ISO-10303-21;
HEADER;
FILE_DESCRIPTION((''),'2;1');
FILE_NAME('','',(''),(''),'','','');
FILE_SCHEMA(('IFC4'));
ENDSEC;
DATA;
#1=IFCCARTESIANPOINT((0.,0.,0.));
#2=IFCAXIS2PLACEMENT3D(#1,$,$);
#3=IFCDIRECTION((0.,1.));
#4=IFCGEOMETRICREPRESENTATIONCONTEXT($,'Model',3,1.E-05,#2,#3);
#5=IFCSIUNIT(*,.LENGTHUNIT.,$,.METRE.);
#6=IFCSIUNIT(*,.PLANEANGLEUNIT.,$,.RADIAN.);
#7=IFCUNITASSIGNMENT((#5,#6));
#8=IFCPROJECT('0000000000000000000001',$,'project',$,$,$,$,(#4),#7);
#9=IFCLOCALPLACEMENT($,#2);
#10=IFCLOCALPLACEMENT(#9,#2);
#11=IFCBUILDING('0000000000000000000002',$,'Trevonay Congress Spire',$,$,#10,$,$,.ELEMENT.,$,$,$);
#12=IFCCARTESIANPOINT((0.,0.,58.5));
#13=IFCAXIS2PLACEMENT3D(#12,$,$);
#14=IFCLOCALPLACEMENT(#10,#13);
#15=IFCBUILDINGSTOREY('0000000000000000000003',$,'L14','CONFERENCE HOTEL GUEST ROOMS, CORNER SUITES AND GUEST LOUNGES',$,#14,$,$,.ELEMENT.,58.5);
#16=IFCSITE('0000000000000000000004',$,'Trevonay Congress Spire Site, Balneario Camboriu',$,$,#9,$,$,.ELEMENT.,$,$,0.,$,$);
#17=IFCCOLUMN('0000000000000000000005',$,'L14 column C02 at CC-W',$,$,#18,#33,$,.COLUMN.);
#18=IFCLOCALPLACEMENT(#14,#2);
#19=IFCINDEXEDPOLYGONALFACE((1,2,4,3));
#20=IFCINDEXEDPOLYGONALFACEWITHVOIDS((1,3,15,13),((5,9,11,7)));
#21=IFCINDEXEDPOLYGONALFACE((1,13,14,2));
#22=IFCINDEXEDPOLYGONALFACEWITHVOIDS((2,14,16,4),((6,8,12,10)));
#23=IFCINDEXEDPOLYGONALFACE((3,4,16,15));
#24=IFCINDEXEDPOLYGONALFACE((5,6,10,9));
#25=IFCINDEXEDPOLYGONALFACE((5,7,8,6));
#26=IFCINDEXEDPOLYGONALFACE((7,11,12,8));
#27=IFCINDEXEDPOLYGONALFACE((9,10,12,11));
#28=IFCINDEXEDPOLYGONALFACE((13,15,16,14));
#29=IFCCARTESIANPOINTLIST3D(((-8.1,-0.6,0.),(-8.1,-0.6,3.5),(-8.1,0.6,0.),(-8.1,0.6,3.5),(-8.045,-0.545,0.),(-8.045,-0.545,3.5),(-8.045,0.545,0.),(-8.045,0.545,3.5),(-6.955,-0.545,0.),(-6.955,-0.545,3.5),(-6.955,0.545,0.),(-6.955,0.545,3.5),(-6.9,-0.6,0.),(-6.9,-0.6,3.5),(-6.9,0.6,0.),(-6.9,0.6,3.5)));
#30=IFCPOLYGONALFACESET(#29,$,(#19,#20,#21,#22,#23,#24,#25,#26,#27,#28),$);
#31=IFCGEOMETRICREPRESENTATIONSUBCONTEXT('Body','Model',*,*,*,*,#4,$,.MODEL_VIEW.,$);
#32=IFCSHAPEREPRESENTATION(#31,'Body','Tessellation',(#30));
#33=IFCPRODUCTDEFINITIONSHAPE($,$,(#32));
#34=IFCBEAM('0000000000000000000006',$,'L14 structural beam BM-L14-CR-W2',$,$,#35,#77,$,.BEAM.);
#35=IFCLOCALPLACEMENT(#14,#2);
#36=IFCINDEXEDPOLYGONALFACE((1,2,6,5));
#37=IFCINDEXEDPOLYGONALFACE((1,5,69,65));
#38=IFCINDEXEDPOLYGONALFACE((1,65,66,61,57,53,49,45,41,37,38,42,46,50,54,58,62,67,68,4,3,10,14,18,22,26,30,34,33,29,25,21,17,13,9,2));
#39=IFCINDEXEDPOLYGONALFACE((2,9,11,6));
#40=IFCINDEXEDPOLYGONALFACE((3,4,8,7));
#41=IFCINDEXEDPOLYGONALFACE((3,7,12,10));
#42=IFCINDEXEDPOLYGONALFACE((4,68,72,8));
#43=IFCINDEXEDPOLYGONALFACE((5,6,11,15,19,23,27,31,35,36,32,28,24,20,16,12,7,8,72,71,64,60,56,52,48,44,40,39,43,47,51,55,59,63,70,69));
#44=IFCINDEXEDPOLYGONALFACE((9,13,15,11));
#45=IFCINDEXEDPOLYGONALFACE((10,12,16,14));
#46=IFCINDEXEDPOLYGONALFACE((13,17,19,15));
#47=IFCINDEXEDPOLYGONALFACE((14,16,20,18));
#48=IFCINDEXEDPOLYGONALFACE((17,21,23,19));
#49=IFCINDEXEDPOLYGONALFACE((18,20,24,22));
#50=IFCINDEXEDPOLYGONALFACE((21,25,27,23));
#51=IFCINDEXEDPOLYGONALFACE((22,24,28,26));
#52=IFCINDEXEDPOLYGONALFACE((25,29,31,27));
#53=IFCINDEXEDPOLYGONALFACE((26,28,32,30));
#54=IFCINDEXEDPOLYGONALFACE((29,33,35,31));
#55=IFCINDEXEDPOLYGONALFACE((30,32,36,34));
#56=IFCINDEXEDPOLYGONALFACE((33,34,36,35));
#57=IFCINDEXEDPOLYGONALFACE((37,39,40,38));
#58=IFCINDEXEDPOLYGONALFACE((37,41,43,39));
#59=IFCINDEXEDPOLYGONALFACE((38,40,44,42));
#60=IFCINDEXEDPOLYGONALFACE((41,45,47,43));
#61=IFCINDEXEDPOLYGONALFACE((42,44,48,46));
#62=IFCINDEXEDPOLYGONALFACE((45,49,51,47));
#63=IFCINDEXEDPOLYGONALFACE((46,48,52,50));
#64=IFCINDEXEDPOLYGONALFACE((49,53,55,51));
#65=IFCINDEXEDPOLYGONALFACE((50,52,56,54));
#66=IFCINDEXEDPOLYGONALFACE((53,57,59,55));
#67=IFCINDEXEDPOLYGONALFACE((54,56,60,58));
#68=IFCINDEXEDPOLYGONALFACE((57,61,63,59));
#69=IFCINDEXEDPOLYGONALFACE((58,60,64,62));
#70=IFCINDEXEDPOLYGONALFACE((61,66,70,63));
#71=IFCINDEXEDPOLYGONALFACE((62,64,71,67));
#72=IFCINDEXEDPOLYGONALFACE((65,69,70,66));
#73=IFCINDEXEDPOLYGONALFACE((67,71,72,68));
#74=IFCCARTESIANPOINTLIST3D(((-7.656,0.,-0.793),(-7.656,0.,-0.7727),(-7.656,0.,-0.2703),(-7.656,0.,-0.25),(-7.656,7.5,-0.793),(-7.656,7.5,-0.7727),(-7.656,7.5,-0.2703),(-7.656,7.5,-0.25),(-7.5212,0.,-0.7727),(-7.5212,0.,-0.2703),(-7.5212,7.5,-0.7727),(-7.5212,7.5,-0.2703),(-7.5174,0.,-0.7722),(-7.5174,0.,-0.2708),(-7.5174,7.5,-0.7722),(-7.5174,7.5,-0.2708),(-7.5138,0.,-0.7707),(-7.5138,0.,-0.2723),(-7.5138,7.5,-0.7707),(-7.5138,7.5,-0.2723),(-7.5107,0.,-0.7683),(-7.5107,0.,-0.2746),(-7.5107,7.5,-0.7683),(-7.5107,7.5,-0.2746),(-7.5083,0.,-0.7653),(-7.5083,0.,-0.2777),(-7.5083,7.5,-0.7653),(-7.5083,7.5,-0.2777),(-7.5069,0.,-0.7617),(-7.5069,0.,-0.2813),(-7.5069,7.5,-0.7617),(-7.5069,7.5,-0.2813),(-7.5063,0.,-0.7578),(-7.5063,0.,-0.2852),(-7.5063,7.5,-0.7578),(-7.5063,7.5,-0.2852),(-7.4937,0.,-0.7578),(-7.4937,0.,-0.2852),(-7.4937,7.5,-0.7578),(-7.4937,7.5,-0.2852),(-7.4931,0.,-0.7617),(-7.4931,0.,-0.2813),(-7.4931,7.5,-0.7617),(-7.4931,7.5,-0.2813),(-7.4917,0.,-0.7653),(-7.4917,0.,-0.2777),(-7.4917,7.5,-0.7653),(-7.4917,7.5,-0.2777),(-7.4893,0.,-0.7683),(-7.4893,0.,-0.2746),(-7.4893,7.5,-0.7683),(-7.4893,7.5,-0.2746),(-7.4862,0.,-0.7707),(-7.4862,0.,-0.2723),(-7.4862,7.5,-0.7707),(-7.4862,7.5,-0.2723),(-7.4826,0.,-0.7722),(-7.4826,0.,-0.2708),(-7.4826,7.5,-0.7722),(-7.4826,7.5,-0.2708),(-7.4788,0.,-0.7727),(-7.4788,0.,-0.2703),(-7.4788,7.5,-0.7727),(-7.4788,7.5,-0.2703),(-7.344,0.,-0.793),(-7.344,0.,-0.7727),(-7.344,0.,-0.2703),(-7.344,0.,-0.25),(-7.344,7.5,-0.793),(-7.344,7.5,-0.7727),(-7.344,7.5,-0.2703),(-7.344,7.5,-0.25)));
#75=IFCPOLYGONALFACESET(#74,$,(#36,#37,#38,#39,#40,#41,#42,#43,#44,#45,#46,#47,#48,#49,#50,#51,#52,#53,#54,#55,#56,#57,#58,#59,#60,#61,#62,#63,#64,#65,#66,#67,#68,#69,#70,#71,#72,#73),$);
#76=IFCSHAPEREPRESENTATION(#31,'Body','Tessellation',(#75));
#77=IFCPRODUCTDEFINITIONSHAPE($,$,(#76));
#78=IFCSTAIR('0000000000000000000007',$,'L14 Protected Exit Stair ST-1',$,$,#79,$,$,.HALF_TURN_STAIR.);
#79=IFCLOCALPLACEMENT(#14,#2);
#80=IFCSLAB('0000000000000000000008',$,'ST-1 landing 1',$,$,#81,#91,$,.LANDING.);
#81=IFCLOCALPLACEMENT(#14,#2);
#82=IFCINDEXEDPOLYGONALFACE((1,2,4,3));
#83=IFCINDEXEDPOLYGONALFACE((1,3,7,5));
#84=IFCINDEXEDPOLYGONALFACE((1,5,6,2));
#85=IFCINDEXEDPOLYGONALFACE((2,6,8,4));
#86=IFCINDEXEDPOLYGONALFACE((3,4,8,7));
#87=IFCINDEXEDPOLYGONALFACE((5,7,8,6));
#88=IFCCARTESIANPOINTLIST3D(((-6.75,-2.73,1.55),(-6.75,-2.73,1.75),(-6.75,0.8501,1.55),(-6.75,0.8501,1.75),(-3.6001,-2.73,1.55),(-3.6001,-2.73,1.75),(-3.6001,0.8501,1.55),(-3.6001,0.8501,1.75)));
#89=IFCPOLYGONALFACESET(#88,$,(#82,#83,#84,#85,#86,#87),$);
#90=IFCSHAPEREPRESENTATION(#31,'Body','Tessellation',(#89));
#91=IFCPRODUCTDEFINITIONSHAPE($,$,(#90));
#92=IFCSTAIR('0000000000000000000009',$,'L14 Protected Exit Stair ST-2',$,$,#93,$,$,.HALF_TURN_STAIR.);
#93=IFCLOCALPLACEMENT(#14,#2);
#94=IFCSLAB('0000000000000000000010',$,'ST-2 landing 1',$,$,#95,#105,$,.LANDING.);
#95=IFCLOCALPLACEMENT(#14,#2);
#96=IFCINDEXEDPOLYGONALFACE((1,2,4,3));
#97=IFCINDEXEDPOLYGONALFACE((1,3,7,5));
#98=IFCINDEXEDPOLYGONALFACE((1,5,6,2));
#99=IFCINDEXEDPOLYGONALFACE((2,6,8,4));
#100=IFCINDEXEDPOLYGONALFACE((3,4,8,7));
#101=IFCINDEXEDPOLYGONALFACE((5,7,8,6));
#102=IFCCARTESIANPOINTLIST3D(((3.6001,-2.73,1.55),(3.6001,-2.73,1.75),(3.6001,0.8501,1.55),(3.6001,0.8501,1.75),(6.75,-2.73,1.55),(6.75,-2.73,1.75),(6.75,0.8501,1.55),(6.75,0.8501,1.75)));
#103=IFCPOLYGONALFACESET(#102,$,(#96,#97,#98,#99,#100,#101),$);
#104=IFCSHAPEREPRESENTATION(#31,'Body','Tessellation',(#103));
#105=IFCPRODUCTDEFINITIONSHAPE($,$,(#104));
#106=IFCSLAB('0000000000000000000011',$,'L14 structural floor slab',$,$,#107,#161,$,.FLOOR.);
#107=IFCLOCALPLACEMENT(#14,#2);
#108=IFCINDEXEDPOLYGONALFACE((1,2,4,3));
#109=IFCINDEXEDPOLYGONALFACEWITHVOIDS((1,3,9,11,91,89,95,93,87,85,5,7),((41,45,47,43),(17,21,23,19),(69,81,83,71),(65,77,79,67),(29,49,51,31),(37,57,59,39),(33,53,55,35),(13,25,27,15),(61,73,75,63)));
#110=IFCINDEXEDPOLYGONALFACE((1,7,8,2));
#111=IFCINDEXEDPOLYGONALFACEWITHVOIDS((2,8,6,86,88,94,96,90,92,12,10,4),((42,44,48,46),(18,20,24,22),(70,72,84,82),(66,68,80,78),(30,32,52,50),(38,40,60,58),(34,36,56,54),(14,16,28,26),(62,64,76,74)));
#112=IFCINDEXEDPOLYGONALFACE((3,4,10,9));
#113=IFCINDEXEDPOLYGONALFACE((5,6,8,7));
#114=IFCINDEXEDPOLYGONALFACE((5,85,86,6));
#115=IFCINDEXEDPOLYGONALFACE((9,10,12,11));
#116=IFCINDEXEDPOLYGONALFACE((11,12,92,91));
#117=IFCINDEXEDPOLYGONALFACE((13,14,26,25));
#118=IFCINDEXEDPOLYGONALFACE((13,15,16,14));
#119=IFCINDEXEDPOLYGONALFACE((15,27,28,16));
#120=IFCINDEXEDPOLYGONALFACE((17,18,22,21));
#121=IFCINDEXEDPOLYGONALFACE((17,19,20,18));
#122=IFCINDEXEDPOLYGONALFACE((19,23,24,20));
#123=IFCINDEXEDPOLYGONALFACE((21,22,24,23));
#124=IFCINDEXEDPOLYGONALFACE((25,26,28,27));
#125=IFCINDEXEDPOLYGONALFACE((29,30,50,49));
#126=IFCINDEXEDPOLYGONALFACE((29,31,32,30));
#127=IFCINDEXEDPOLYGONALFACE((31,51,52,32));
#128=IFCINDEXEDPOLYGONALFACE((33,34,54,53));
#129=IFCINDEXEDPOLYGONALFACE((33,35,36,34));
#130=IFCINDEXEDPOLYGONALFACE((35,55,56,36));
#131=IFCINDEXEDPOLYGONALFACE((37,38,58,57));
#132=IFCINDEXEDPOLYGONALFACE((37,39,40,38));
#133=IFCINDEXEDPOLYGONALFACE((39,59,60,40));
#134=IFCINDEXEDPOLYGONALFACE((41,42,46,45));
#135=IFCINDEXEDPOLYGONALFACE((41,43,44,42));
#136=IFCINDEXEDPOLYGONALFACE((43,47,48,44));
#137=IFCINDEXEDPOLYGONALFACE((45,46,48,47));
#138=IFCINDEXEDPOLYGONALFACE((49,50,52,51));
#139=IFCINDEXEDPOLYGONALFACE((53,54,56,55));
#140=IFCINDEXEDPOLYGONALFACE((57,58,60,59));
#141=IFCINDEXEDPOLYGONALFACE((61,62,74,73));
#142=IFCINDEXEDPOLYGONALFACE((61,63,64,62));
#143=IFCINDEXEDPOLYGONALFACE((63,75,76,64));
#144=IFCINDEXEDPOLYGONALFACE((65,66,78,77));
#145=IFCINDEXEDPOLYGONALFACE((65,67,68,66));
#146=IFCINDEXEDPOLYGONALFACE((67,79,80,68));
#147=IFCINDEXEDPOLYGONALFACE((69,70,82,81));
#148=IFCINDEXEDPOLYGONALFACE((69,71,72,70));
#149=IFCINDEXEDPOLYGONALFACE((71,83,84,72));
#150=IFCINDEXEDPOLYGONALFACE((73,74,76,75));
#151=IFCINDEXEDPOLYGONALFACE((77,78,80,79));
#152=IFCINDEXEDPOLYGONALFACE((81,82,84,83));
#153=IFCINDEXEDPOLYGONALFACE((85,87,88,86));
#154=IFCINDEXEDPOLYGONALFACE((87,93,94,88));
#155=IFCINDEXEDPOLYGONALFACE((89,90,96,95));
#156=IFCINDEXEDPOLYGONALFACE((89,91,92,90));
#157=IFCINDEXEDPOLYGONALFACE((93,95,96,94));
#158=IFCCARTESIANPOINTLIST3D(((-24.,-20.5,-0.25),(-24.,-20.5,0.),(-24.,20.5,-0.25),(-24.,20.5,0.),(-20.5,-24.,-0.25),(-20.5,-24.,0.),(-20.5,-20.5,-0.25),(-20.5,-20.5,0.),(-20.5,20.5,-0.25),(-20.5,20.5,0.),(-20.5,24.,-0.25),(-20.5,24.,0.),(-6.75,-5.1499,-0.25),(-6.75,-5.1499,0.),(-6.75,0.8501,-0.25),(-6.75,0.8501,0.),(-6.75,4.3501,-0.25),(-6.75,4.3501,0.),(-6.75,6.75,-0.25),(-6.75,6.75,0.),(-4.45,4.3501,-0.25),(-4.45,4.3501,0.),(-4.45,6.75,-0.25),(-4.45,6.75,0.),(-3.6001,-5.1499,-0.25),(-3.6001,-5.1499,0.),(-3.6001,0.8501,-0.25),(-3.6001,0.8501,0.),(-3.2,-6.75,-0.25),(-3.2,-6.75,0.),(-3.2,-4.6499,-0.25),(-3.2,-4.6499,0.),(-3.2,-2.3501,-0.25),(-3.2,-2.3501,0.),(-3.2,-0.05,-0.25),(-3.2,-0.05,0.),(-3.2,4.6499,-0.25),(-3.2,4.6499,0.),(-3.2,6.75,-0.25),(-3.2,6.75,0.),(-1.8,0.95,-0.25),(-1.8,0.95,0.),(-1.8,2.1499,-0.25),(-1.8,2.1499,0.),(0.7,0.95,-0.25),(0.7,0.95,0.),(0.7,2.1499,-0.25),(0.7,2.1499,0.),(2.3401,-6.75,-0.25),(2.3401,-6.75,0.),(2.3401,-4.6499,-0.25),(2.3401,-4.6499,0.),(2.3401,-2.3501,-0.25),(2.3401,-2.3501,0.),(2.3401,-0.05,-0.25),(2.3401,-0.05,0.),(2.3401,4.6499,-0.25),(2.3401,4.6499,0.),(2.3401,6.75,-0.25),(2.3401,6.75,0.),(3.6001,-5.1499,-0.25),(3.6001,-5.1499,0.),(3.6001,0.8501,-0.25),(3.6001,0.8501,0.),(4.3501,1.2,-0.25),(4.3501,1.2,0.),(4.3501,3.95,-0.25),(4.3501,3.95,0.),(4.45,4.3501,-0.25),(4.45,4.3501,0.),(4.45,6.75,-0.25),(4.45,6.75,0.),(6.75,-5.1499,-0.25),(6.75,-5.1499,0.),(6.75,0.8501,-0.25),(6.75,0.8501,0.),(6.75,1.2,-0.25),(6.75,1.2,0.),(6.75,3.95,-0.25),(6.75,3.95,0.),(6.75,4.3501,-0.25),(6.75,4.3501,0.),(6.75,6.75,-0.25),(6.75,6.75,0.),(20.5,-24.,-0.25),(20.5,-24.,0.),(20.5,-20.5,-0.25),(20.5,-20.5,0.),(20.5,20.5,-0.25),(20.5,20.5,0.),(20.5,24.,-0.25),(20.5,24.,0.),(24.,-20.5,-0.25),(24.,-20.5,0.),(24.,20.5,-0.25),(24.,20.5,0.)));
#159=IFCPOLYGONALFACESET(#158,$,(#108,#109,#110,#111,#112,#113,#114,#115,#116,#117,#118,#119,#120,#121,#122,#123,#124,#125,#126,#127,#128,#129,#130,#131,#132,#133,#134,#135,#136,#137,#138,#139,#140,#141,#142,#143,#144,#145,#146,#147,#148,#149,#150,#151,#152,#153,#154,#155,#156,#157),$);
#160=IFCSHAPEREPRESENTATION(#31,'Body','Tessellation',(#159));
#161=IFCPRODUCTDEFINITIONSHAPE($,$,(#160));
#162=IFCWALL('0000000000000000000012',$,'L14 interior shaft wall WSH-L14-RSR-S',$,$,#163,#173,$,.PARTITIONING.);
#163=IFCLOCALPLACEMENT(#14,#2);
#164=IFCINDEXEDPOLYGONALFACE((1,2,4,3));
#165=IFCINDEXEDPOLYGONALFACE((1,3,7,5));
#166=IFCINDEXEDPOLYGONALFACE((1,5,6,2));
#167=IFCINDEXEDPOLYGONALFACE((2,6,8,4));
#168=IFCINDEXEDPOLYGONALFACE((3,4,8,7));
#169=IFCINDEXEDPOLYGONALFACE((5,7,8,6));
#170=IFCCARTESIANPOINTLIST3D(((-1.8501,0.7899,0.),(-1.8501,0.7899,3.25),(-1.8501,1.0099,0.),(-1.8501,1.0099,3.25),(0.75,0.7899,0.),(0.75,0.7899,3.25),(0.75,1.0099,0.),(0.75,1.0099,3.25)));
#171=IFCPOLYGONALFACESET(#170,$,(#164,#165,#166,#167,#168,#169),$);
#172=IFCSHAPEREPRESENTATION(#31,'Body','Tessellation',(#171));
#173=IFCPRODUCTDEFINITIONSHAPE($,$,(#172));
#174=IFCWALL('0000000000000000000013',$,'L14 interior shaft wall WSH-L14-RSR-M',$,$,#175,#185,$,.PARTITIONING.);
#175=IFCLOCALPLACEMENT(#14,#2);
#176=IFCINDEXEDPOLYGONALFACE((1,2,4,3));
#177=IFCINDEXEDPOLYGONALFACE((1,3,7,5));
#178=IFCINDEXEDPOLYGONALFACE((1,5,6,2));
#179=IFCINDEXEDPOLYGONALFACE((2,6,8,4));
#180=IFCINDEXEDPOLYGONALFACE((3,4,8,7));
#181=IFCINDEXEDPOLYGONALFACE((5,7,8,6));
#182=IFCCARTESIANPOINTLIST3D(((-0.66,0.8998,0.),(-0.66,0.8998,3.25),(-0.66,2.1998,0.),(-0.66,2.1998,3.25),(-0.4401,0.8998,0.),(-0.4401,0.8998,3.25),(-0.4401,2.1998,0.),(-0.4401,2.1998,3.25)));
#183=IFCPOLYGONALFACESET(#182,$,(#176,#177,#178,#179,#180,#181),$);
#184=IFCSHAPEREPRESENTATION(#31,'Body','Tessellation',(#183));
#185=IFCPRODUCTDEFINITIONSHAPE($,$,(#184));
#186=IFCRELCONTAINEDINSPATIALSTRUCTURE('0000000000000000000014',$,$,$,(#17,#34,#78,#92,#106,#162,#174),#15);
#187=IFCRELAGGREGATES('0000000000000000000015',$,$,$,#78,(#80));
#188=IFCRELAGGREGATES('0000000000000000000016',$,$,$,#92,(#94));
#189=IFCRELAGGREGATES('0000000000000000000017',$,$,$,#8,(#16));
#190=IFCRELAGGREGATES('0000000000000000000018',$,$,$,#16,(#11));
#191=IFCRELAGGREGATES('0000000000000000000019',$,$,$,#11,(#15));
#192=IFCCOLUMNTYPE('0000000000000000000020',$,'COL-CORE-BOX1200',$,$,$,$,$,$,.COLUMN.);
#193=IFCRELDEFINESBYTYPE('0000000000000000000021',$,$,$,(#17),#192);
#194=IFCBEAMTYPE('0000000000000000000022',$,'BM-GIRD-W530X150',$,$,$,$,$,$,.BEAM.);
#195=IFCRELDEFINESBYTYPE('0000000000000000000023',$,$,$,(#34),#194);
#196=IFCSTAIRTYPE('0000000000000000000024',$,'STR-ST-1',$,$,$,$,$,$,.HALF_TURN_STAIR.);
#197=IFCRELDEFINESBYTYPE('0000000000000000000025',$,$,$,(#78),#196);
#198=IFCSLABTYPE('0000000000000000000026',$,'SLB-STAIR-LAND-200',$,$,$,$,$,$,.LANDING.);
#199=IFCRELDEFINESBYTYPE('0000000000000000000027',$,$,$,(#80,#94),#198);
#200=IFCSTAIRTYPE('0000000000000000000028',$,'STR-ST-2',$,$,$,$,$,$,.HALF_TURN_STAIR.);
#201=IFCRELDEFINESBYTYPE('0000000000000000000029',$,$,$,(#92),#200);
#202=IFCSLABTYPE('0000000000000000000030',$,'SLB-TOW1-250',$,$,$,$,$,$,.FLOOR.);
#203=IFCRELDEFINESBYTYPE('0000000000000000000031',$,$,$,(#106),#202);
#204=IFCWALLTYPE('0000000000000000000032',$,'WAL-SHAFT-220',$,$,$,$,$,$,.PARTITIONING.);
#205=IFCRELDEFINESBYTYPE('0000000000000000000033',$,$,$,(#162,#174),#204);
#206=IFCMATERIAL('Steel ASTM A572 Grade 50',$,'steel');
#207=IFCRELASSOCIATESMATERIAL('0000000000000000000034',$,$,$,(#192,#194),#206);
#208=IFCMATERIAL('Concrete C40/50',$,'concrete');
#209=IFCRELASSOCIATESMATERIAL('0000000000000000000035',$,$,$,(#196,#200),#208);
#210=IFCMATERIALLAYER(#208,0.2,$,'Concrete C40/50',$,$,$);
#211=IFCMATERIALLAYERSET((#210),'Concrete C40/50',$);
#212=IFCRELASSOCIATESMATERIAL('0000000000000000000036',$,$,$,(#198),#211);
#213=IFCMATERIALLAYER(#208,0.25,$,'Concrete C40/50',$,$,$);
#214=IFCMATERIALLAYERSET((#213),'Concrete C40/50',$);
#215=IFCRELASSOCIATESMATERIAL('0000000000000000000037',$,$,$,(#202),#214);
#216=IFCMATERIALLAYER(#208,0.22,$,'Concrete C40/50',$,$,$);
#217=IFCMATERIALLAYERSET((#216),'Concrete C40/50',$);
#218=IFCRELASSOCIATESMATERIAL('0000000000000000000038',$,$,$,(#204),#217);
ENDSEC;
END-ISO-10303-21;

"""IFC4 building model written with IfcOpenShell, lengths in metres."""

from ifc_helpers import new_model, si_unit, direction, frame, frame_2d, origin, origin_2d, place, context, subcontext, project, spatial, polyline, rectangle, hollow_rectangle, i_section, outline, extrude, material, layer, layer_set, material_profile, profile_set, type_object, element, aggregate, save


model = new_model("IFC4")

# Units and contexts
model_context = context("Model", 3, precision=1e-05, world=origin(), true_north=direction((0.0, 1.0)))
body_context = subcontext(model_context, "Body", "Model", "MODEL_VIEW")
ifc_project = project(units=[si_unit("LENGTHUNIT", "METRE"), si_unit("PLANEANGLEUNIT", "RADIAN")], contexts=[model_context])

# Site, building, storey
site_placement = place(None, origin())
site = spatial("IfcSite", under=ifc_project, at=site_placement, Name="Trevonay Congress Spire Site, Balneario Camboriu", CompositionType="ELEMENT", RefElevation=0.0)
building_placement = place(site_placement, origin())
building = spatial("IfcBuilding", under=site, at=building_placement, Name="Trevonay Congress Spire", CompositionType="ELEMENT")
storey_placement = place(building_placement, frame((0.0, 0.0, 58.5)))
storey = spatial("IfcBuildingStorey", under=building, at=storey_placement, Name="L14", Description="CONFERENCE HOTEL GUEST ROOMS, CORNER SUITES AND GUEST LOUNGES", CompositionType="ELEMENT", Elevation=58.5)

# Column
ifc_material_1 = material(Name="Steel ASTM A572 Grade 50", Category="steel")
ifc_material_profile_1 = material_profile(ifc_material_1, hollow_rectangle(XDim=1.2, YDim=1.2, WallThickness=0.0549, at=origin_2d()), Name="BOX 1200x1200x55")
ifc_profile_set_1 = profile_set([ifc_material_profile_1], Name="Steel ASTM A572 Grade 50")
column_type = type_object("IfcColumnType", Name="COL-CORE-BOX1200", PredefinedType="COLUMN", material=ifc_profile_set_1)
column_placement = place(storey_placement, frame((-7.5, 0.0, 0.0), z_axis=(0.0, 0.0, 1.0), x_axis=(1.0, 0.0, 0.0)))
element("IfcColumn", 1, at=column_placement, inside=storey, type_object=column_type, Name="L14 column C02 at CC-W", PredefinedType="COLUMN", context=body_context, shape_type="SweptSolid", body=[
    extrude(hollow_rectangle(XDim=1.2, YDim=1.2, WallThickness=0.0549, at=origin_2d()), origin(), (0.0, 0.0, 1.0), 3.5),
])

# Beam
ifc_material_profile_2 = material_profile(ifc_material_1, i_section(OverallWidth=0.312, OverallDepth=0.543, WebThickness=0.0127, FlangeThickness=0.0203, FilletRadius=0.0149, at=origin_2d()), Name="W530x150")
ifc_profile_set_2 = profile_set([ifc_material_profile_2], Name="Steel ASTM A572 Grade 50")
beam_type = type_object("IfcBeamType", Name="BM-GIRD-W530X150", PredefinedType="BEAM", material=ifc_profile_set_2)
beam_placement = place(storey_placement, frame((-7.5, 0.0, -0.5215), z_axis=(0.0, 1.0, 0.0), x_axis=(-1.0, 0.0, 0.0)))
element("IfcBeam", 2, at=beam_placement, inside=storey, type_object=beam_type, Name="L14 structural beam BM-L14-CR-W2", PredefinedType="BEAM", context=body_context, shape_type="SweptSolid", body=[
    extrude(i_section(OverallWidth=0.312, OverallDepth=0.543, WebThickness=0.0127, FlangeThickness=0.0203, FilletRadius=0.0149, at=origin_2d()), origin(), (0.0, 0.0, 1.0), 7.5),
])

# Stairs, slabs
ifc_material_2 = material(Name="Concrete C40/50", Category="concrete")
stair_type_1 = type_object("IfcStairType", Name="STR-ST-1", PredefinedType="HALF_TURN_STAIR", material=ifc_material_2)
stair_1_placement = place(storey_placement, origin())
stair_1 = element("IfcStair", 3, at=stair_1_placement, inside=storey, type_object=stair_type_1, Name="L14 Protected Exit Stair ST-1", PredefinedType="HALF_TURN_STAIR")
ifc_layer_1 = layer(ifc_material_2, 0.2, Name="Concrete C40/50")
ifc_layer_set_1 = layer_set([ifc_layer_1], Name="Concrete C40/50")
slab_type_1 = type_object("IfcSlabType", Name="SLB-STAIR-LAND-200", PredefinedType="LANDING", material=ifc_layer_set_1)
slab_1_placement = place(storey_placement, frame((0.0, 0.0, 1.55)))
slab_1 = element("IfcSlab", 4, at=slab_1_placement, type_object=slab_type_1, Name="ST-1 landing 1", PredefinedType="LANDING", context=body_context, shape_type="SweptSolid", body=[
    extrude(outline(polyline([(-3.6001, -2.73), (-3.6001, 0.8501), (-6.75, 0.8501), (-6.75, -2.73), (-3.6001, -2.73)])), origin(), (0.0, 0.0, 1.0), 0.2),
])
aggregate(stair_1, [slab_1])
stair_type_2 = type_object("IfcStairType", Name="STR-ST-2", PredefinedType="HALF_TURN_STAIR", material=ifc_material_2)
stair_2_placement = place(storey_placement, origin())
stair_2 = element("IfcStair", 5, at=stair_2_placement, inside=storey, type_object=stair_type_2, Name="L14 Protected Exit Stair ST-2", PredefinedType="HALF_TURN_STAIR")
slab_2_placement = place(storey_placement, frame((0.0, 0.0, 1.55)))
slab_2 = element("IfcSlab", 6, at=slab_2_placement, type_object=slab_type_1, Name="ST-2 landing 1", PredefinedType="LANDING", context=body_context, shape_type="SweptSolid", body=[
    extrude(outline(polyline([(6.75, -2.73), (6.75, 0.8501), (3.6001, 0.8501), (3.6001, -2.73), (6.75, -2.73)])), origin(), (0.0, 0.0, 1.0), 0.2),
])
aggregate(stair_2, [slab_2])

# Slab
ifc_layer_2 = layer(ifc_material_2, 0.25, Name="Concrete C40/50")
ifc_layer_set_2 = layer_set([ifc_layer_2], Name="Concrete C40/50")
slab_type_2 = type_object("IfcSlabType", Name="SLB-TOW1-250", PredefinedType="FLOOR", material=ifc_layer_set_2)
slab_3_placement = place(storey_placement, frame((0.0, 0.0, -0.25)))
element("IfcSlab", 7, at=slab_3_placement, inside=storey, type_object=slab_type_2, Name="L14 structural floor slab", PredefinedType="FLOOR", context=body_context, shape_type="SweptSolid", body=[
    extrude(outline(polyline([(-20.5, -24.0), (20.5, -24.0), (20.5, -20.5), (24.0, -20.5), (24.0, 20.5), (20.5, 20.5), (20.5, 24.0), (-20.5, 24.0), (-20.5, 20.5), (-24.0, 20.5), (-24.0, -20.5), (-20.5, -20.5), (-20.5, -24.0)]), holes=[polyline([(-3.6001, -5.1499), (-3.6001, 0.8501), (-6.75, 0.8501), (-6.75, -5.1499), (-3.6001, -5.1499)]), polyline([(6.75, -5.1499), (6.75, 0.8501), (3.6001, 0.8501), (3.6001, -5.1499), (6.75, -5.1499)]), polyline([(-3.2, -6.75), (2.3401, -6.75), (2.3401, -4.6499), (-3.2, -4.6499), (-3.2, -6.75)]), polyline([(-3.2, -2.3501), (2.3401, -2.3501), (2.3401, -0.05), (-3.2, -0.05), (-3.2, -2.3501)]), polyline([(-3.2, 4.6499), (2.3401, 4.6499), (2.3401, 6.75), (-3.2, 6.75), (-3.2, 4.6499)]), polyline([(-6.75, 4.3501), (-4.45, 4.3501), (-4.45, 6.75), (-6.75, 6.75), (-6.75, 4.3501)]), polyline([(4.45, 4.3501), (6.75, 4.3501), (6.75, 6.75), (4.45, 6.75), (4.45, 4.3501)]), polyline([(4.3501, 1.2), (6.75, 1.2), (6.75, 3.95), (4.3501, 3.95), (4.3501, 1.2)]), polyline([(-1.8, 0.95), (0.7, 0.95), (0.7, 2.1499), (-1.8, 2.1499), (-1.8, 0.95)])]), origin(), (0.0, 0.0, 1.0), 0.25),
])

# Walls
ifc_layer_3 = layer(ifc_material_2, 0.22, Name="Concrete C40/50")
ifc_layer_set_3 = layer_set([ifc_layer_3], Name="Concrete C40/50")
wall_type_1 = type_object("IfcWallType", Name="WAL-SHAFT-220", PredefinedType="PARTITIONING", material=ifc_layer_set_3)
wall_1_placement = place(storey_placement, frame((-1.8501, 0.8999, 0.0), z_axis=(0.0, 0.0, 1.0), x_axis=(1.0, 0.0, 0.0)))
element("IfcWall", 8, at=wall_1_placement, inside=storey, type_object=wall_type_1, Name="L14 interior shaft wall WSH-L14-RSR-S", PredefinedType="PARTITIONING", context=body_context, shape_type="SweptSolid", body=[
    extrude(rectangle(XDim=2.6001, YDim=0.22, at=frame_2d((1.3, 0.0))), origin(), (0.0, 0.0, 1.0), 3.25),
])
for number, where, z_axis, x_axis, name in (
    (9, (-0.55, 0.8999, 0.0), (0.0, 0.0, 1.0), (0.0, 1.0, 0.0), "L14 interior shaft wall WSH-L14-RSR-M"),
):
    element("IfcWall", number, at=place(storey_placement, frame(where, z_axis=z_axis, x_axis=x_axis)), inside=storey, type_object=wall_type_1, Name=name, PredefinedType="PARTITIONING", context=body_context, shape_type="SweptSolid", body=[
        extrude(rectangle(XDim=1.3, YDim=0.22, at=frame_2d((0.6499, 0.0))), origin(), (0.0, 0.0, 1.0), 3.25),
    ])

save(model, "model.ifc")
